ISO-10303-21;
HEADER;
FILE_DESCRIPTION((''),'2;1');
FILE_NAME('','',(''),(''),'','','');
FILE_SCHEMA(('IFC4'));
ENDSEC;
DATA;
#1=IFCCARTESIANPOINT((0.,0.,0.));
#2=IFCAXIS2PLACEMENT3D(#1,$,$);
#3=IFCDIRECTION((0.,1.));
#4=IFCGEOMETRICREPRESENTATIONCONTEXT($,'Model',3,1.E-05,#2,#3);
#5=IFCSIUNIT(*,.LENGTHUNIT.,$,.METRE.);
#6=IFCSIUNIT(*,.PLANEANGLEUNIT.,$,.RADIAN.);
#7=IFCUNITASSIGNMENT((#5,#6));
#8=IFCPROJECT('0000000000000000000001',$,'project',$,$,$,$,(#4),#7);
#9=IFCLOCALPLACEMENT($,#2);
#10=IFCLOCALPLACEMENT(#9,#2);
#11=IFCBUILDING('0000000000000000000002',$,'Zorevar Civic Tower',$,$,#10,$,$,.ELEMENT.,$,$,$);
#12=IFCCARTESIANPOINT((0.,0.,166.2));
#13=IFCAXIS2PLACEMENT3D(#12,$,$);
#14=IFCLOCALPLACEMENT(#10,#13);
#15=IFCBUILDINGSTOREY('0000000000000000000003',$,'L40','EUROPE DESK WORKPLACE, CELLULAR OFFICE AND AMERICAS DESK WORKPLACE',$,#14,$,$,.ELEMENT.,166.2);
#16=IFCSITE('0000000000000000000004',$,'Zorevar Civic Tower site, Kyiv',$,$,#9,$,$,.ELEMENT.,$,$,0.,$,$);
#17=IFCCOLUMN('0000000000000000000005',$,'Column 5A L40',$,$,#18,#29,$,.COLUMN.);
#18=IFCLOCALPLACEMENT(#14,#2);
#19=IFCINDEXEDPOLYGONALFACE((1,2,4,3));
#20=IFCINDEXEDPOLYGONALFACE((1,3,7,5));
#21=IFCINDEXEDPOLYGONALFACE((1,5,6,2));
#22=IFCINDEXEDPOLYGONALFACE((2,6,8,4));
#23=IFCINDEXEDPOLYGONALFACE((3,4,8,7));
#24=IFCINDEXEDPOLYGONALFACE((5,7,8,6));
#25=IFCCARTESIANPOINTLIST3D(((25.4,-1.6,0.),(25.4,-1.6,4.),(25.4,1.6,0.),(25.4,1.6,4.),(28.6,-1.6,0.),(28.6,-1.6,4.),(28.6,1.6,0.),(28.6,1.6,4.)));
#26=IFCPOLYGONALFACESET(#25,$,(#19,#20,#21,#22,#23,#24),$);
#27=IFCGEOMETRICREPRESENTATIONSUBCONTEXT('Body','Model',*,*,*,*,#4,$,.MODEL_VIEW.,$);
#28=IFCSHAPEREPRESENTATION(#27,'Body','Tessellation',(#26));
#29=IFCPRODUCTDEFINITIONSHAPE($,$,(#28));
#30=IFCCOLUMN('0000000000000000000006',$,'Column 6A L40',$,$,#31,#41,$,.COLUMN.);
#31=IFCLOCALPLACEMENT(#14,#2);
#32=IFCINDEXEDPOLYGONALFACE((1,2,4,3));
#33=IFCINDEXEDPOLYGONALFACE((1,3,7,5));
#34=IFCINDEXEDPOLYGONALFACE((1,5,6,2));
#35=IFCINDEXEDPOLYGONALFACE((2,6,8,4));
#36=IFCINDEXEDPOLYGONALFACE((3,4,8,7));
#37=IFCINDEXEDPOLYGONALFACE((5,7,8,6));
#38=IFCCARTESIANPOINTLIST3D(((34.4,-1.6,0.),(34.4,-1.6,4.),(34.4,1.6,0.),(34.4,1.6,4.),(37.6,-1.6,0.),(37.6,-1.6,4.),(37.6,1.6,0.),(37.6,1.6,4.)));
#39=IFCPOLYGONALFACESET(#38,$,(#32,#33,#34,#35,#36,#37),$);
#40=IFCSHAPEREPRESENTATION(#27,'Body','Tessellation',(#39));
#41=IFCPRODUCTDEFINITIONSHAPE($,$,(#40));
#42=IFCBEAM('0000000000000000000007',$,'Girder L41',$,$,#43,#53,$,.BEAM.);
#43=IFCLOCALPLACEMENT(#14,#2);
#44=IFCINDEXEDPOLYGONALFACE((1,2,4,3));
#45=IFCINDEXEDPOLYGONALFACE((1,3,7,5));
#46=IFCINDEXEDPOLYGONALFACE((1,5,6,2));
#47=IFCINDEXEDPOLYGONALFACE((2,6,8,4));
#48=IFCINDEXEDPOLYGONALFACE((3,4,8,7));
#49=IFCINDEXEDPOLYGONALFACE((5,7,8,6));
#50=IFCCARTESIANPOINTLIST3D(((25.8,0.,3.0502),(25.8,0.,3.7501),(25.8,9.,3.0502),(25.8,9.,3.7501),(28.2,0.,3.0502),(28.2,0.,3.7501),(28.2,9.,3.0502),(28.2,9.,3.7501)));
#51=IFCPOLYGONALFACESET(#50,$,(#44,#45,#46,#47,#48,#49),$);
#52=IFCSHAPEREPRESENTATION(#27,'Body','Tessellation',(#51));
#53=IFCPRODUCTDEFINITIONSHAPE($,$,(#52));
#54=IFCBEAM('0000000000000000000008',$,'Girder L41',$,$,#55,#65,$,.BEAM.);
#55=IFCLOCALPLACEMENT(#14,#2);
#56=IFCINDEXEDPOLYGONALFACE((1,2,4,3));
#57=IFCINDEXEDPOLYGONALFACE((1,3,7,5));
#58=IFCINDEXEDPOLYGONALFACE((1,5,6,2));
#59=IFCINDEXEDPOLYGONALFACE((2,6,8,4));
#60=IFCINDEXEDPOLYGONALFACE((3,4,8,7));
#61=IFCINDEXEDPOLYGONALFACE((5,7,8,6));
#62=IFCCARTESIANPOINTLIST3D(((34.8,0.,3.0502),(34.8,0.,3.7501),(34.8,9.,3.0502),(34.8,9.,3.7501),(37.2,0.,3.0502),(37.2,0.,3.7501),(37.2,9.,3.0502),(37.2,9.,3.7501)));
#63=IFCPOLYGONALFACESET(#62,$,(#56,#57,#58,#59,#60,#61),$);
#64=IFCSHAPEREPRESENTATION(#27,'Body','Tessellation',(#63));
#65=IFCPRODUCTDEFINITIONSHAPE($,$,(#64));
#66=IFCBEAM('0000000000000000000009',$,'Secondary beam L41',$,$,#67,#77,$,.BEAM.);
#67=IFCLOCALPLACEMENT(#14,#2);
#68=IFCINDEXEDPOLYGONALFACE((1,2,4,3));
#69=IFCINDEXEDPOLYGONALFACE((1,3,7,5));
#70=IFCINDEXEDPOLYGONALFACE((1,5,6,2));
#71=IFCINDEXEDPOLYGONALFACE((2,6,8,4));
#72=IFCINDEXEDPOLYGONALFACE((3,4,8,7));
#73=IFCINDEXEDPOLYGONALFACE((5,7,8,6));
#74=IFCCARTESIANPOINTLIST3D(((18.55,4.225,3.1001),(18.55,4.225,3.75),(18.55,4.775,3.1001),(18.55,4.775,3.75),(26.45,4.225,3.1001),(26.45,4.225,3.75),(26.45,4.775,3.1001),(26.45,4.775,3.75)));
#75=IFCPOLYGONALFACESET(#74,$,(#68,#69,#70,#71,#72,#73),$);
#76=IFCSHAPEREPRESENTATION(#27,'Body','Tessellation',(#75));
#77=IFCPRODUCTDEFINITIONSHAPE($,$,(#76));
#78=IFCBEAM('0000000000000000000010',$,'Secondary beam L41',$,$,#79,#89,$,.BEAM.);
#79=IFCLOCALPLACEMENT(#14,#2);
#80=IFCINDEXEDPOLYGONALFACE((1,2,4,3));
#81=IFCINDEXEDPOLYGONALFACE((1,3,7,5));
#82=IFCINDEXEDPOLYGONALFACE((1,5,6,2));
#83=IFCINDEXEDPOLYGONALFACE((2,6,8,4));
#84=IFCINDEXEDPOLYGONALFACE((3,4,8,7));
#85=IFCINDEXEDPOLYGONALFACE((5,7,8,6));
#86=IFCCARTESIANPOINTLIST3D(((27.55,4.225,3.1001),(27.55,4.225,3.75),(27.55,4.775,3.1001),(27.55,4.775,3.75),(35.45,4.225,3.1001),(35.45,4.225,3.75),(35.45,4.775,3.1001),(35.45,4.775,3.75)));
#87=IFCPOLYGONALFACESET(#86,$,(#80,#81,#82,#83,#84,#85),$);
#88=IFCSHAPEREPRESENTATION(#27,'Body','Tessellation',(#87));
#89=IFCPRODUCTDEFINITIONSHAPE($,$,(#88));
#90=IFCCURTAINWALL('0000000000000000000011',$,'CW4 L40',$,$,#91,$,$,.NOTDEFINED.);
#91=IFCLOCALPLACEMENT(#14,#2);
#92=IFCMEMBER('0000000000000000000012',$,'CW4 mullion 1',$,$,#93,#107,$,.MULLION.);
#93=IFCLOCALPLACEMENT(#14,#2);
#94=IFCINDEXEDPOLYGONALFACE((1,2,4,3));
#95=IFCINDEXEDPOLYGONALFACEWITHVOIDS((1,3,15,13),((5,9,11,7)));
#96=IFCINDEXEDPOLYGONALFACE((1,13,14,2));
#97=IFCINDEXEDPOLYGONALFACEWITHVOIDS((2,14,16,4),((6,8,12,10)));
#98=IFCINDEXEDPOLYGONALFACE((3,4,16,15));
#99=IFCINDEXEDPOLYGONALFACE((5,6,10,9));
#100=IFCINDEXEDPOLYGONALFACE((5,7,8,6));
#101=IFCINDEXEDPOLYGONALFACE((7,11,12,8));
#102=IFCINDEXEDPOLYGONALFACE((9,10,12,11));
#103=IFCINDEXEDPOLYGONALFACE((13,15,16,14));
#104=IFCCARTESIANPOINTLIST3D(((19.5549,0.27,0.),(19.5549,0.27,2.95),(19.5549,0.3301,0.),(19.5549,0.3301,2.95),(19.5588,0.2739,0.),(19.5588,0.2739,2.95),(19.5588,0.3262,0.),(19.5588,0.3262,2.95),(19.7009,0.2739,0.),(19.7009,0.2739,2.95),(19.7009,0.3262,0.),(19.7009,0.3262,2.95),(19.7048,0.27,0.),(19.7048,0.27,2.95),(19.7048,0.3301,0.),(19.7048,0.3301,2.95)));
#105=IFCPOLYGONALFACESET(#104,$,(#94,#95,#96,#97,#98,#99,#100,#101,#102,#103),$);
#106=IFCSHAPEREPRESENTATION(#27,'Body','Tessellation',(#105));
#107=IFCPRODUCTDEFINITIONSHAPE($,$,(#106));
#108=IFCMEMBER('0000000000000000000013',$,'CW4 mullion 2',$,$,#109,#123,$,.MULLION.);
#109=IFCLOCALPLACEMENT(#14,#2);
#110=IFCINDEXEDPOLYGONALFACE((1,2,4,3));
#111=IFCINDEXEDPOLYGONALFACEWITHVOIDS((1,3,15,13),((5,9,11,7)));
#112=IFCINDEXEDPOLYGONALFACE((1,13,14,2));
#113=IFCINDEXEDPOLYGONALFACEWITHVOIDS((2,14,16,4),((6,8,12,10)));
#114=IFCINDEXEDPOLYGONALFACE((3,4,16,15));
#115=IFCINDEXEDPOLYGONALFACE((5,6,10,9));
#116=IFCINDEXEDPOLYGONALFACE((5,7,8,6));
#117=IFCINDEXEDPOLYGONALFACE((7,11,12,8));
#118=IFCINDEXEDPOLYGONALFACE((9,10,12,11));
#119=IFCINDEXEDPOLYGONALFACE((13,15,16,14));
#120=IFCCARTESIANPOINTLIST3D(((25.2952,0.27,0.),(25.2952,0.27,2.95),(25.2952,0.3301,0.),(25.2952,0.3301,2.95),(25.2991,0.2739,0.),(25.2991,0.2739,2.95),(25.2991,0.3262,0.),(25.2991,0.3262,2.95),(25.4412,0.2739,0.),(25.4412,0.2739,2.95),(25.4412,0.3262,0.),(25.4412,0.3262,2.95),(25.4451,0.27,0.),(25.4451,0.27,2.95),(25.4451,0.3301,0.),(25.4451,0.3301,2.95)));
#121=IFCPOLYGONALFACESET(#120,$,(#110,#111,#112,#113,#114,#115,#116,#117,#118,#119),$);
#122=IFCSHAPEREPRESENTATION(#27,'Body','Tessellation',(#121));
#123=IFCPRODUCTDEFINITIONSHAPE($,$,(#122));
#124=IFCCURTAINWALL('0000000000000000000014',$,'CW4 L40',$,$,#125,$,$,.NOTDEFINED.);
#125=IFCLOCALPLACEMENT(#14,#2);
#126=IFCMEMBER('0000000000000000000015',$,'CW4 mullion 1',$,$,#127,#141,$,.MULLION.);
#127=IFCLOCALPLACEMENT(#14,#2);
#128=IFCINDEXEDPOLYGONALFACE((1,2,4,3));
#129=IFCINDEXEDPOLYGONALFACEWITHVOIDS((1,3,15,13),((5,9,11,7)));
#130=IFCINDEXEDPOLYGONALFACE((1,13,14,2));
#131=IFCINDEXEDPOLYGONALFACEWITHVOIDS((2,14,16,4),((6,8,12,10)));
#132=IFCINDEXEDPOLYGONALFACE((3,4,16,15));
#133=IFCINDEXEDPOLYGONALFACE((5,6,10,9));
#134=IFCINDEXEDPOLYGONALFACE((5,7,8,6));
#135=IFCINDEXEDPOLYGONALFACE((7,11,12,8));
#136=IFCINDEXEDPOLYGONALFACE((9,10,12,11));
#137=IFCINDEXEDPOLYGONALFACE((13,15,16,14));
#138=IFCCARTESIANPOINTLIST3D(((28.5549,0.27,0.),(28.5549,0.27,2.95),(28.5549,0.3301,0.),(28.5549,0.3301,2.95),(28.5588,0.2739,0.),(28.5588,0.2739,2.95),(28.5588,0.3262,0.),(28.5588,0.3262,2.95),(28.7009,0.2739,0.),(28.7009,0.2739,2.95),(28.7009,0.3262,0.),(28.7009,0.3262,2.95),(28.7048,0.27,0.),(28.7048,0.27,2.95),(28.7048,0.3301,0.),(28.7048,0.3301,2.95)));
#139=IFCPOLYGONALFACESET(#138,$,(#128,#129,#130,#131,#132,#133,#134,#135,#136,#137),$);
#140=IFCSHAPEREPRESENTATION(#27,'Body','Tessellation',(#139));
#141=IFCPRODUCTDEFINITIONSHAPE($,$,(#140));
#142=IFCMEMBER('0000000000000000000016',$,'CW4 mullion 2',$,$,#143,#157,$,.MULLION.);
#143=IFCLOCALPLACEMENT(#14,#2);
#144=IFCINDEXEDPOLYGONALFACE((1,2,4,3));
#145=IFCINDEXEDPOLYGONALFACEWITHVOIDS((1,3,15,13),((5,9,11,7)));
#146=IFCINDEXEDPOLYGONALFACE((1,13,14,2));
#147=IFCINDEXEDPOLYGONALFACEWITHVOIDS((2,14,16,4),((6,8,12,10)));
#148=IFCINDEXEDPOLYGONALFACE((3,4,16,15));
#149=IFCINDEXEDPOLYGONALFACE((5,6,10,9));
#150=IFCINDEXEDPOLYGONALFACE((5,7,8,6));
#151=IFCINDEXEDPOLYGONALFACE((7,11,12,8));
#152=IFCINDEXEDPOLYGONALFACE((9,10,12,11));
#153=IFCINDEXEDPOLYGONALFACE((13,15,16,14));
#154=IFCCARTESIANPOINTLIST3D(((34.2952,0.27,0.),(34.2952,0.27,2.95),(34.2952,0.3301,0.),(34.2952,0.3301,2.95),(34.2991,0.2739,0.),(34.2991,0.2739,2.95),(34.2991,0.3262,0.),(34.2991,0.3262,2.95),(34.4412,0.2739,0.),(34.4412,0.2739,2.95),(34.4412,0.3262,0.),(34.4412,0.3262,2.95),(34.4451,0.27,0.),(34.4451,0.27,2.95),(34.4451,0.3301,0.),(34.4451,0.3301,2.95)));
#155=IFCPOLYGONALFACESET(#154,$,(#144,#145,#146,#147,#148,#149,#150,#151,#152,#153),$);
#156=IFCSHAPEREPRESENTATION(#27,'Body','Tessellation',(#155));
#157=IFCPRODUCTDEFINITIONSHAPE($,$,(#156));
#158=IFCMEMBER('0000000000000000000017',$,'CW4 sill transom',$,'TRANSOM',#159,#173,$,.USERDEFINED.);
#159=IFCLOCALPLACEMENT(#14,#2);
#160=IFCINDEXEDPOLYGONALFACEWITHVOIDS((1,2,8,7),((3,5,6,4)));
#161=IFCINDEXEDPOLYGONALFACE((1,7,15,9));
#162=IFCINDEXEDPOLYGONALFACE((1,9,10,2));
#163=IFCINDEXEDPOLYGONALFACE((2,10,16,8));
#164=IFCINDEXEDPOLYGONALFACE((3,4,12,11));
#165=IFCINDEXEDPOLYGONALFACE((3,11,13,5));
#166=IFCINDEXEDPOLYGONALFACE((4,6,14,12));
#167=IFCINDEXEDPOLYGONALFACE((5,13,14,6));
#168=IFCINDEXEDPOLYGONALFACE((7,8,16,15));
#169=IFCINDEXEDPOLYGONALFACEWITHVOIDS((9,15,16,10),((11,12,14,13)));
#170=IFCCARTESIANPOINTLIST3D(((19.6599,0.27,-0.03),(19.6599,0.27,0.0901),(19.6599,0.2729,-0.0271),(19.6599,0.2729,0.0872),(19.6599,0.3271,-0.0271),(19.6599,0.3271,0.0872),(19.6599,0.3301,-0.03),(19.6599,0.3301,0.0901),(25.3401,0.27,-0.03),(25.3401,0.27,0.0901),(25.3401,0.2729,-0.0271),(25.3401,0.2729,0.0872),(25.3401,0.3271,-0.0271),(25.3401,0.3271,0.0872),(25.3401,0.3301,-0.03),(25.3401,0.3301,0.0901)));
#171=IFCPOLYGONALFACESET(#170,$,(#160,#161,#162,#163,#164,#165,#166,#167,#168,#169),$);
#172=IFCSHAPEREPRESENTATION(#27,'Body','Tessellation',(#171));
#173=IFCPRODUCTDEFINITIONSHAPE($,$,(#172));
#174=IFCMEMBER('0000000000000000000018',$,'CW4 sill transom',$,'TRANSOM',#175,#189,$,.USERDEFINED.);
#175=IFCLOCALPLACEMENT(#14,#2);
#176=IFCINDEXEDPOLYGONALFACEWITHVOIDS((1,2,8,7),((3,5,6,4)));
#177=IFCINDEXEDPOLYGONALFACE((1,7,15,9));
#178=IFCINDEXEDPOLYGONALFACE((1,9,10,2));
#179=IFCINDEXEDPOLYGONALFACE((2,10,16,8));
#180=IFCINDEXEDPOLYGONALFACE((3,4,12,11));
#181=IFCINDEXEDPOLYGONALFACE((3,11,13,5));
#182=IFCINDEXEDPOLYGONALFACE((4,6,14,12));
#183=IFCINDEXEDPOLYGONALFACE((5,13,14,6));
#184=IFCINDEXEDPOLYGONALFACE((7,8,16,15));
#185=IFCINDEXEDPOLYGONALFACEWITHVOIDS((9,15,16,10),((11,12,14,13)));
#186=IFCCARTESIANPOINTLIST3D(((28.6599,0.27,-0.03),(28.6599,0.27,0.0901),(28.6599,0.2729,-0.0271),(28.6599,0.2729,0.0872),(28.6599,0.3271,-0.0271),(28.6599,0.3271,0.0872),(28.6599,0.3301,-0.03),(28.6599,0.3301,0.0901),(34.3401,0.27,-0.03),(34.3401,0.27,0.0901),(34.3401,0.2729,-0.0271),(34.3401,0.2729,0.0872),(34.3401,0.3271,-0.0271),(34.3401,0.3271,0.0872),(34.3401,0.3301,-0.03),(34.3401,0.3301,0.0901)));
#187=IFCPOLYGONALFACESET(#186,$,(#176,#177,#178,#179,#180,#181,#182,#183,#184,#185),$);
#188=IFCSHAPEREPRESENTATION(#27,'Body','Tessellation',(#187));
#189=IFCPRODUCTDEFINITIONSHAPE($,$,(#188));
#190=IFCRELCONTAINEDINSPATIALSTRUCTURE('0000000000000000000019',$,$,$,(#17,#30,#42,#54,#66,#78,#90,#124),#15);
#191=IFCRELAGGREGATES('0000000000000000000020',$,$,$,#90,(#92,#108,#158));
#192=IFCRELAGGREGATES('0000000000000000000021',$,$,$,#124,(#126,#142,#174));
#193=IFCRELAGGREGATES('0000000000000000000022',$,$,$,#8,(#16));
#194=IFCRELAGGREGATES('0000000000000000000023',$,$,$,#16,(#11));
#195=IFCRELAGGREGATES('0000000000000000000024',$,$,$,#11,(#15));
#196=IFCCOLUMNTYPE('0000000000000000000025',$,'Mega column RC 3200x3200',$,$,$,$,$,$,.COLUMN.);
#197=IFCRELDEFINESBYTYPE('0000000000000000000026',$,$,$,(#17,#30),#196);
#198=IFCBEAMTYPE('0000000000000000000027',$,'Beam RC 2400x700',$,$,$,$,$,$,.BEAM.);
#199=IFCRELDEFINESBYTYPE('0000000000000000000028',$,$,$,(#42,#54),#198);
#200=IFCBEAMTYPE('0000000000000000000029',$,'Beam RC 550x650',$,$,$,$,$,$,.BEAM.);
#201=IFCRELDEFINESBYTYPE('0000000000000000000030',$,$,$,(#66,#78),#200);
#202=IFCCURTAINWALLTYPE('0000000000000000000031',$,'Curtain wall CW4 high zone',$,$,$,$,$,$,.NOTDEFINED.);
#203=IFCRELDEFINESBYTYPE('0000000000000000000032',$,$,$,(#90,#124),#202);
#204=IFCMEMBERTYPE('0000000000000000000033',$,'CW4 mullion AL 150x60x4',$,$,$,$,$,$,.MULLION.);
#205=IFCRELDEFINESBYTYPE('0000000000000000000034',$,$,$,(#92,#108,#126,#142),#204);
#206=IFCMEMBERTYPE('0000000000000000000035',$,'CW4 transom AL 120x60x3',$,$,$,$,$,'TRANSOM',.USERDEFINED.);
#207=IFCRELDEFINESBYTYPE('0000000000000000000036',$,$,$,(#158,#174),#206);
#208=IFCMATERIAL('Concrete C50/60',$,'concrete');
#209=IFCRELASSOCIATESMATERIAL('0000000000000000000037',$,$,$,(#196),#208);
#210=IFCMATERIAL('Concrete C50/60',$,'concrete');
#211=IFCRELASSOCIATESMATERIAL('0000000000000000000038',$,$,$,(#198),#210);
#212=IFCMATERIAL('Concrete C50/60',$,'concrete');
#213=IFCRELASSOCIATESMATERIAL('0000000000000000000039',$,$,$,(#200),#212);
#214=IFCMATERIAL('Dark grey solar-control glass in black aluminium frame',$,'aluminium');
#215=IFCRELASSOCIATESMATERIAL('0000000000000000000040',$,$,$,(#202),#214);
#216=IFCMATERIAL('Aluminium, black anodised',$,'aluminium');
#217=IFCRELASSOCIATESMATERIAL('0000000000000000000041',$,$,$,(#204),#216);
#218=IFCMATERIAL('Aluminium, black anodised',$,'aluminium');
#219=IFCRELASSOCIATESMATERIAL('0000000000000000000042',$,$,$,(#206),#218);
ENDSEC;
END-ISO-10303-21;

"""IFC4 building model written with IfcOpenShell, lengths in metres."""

from ifc_helpers import new_model, si_unit, direction, frame, origin, origin_2d, place, context, subcontext, project, spatial, rectangle, hollow_rectangle, extrude, material, material_profile, profile_set, type_object, element, aggregate, save


model = new_model("IFC4")

# Units and contexts
model_context = context("Model", 3, precision=1e-05, world=origin(), true_north=direction((0.0, 1.0)))
body_context = subcontext(model_context, "Body", "Model", "MODEL_VIEW")
ifc_project = project(units=[si_unit("LENGTHUNIT", "METRE"), si_unit("PLANEANGLEUNIT", "RADIAN")], contexts=[model_context])

# Site, building, storey
site_placement = place(None, origin())
site = spatial("IfcSite", under=ifc_project, at=site_placement, Name="Zorevar Civic Tower site, Kyiv", CompositionType="ELEMENT", RefElevation=0.0)
building_placement = place(site_placement, origin())
building = spatial("IfcBuilding", under=site, at=building_placement, Name="Zorevar Civic Tower", CompositionType="ELEMENT")
storey_placement = place(building_placement, frame((0.0, 0.0, 166.2)))
storey = spatial("IfcBuildingStorey", under=building, at=storey_placement, Name="L40", Description="EUROPE DESK WORKPLACE, CELLULAR OFFICE AND AMERICAS DESK WORKPLACE", CompositionType="ELEMENT", Elevation=166.2)

# Columns
ifc_material_1 = material(Name="Concrete C50/60", Category="concrete")
ifc_material_profile_1 = material_profile(ifc_material_1, rectangle(XDim=3.2, YDim=3.2, at=origin_2d()), Name="RC 3200x3200")
ifc_profile_set_1 = profile_set([ifc_material_profile_1], Name="Concrete C50/60")
column_type = type_object("IfcColumnType", Name="Mega column RC 3200x3200", PredefinedType="COLUMN", material=ifc_profile_set_1)
for number, where, z_axis, x_axis, name in (
    (1, (27.0, 0.0, 0.0), (0.0, 0.0, 1.0), (1.0, 0.0, 0.0), "Column 5A L40"),
    (2, (36.0, 0.0, 0.0), (0.0, 0.0, 1.0), (1.0, 0.0, 0.0), "Column 6A L40"),
):
    element("IfcColumn", number, at=place(storey_placement, frame(where, z_axis=z_axis, x_axis=x_axis)), inside=storey, type_object=column_type, Name=name, PredefinedType="COLUMN", context=body_context, shape_type="SweptSolid", body=[
        extrude(rectangle(XDim=3.2, YDim=3.2, at=origin_2d()), origin(), (0.0, 0.0, 1.0), 4.0),
    ])

# Beams
ifc_material_2 = material(Name="Concrete C50/60", Category="concrete")
ifc_material_profile_2 = material_profile(ifc_material_2, rectangle(XDim=2.3999, YDim=0.7, at=origin_2d()), Name="RC 2400x700")
ifc_profile_set_2 = profile_set([ifc_material_profile_2], Name="Concrete C50/60")
beam_type_1 = type_object("IfcBeamType", Name="Beam RC 2400x700", PredefinedType="BEAM", material=ifc_profile_set_2)
for number, where, z_axis, x_axis, name in (
    (3, (27.0, 0.0, 3.4001), (0.0, 1.0, 0.0), (-1.0, 0.0, 0.0), "Girder L41"),
    (4, (36.0, 0.0, 3.4001), (0.0, 1.0, 0.0), (-1.0, 0.0, 0.0), "Girder L41"),
):
    element("IfcBeam", number, at=place(storey_placement, frame(where, z_axis=z_axis, x_axis=x_axis)), inside=storey, type_object=beam_type_1, Name=name, PredefinedType="BEAM", context=body_context, shape_type="SweptSolid", body=[
        extrude(rectangle(XDim=2.3999, YDim=0.7, at=origin_2d()), origin(), (0.0, 0.0, 1.0), 9.0),
    ])
ifc_material_3 = material(Name="Concrete C50/60", Category="concrete")
ifc_material_profile_3 = material_profile(ifc_material_3, rectangle(XDim=0.55, YDim=0.6499, at=origin_2d()), Name="RC 550x650")
ifc_profile_set_3 = profile_set([ifc_material_profile_3], Name="Concrete C50/60")
beam_type_2 = type_object("IfcBeamType", Name="Beam RC 550x650", PredefinedType="BEAM", material=ifc_profile_set_3)
for number, where, z_axis, x_axis, name in (
    (5, (18.55, 4.5, 3.425), (1.0, 0.0, 0.0), (0.0, 1.0, 0.0), "Secondary beam L41"),
    (6, (27.55, 4.5, 3.425), (1.0, 0.0, 0.0), (0.0, 1.0, 0.0), "Secondary beam L41"),
):
    element("IfcBeam", number, at=place(storey_placement, frame(where, z_axis=z_axis, x_axis=x_axis)), inside=storey, type_object=beam_type_2, Name=name, PredefinedType="BEAM", context=body_context, shape_type="SweptSolid", body=[
        extrude(rectangle(XDim=0.55, YDim=0.6499, at=origin_2d()), origin(), (0.0, 0.0, 1.0), 7.8999),
    ])

# Curtain walls, members
ifc_material_4 = material(Name="Dark grey solar-control glass in black aluminium frame", Category="aluminium")
curtain_wall_type = type_object("IfcCurtainWallType", Name="Curtain wall CW4 high zone", PredefinedType="NOTDEFINED", material=ifc_material_4)
curtain_wall_1_placement = place(storey_placement, origin())
curtain_wall_1 = element("IfcCurtainWall", 7, at=curtain_wall_1_placement, inside=storey, type_object=curtain_wall_type, Name="CW4 L40", PredefinedType="NOTDEFINED")
ifc_material_5 = material(Name="Aluminium, black anodised", Category="aluminium")
ifc_material_profile_4 = material_profile(ifc_material_5, hollow_rectangle(XDim=0.0601, YDim=0.1499, WallThickness=0.0039, at=origin_2d()), Name="AL 150x60x4")
ifc_profile_set_4 = profile_set([ifc_material_profile_4], Name="Aluminium, black anodised")
member_type_1 = type_object("IfcMemberType", Name="CW4 mullion AL 150x60x4", PredefinedType="MULLION", material=ifc_profile_set_4)
member_1_placement = place(storey_placement, frame((19.6299, 0.3, 0.0), z_axis=(0.0, 0.0, 1.0), x_axis=(0.0, 1.0, 0.0)))
member_1 = element("IfcMember", 8, at=member_1_placement, type_object=member_type_1, Name="CW4 mullion 1", PredefinedType="MULLION", context=body_context, shape_type="SweptSolid", body=[
    extrude(hollow_rectangle(XDim=0.0601, YDim=0.1499, WallThickness=0.0039, at=origin_2d()), origin(), (0.0, 0.0, 1.0), 2.95),
])
member_2_placement = place(storey_placement, frame((25.3701, 0.3, 0.0), z_axis=(0.0, 0.0, 1.0), x_axis=(0.0, 1.0, 0.0)))
member_2 = element("IfcMember", 9, at=member_2_placement, type_object=member_type_1, Name="CW4 mullion 2", PredefinedType="MULLION", context=body_context, shape_type="SweptSolid", body=[
    extrude(hollow_rectangle(XDim=0.0601, YDim=0.1499, WallThickness=0.0039, at=origin_2d()), origin(), (0.0, 0.0, 1.0), 2.95),
])
curtain_wall_2_placement = place(storey_placement, origin())
curtain_wall_2 = element("IfcCurtainWall", 10, at=curtain_wall_2_placement, inside=storey, type_object=curtain_wall_type, Name="CW4 L40", PredefinedType="NOTDEFINED")
member_3_placement = place(storey_placement, frame((28.6299, 0.3, 0.0), z_axis=(0.0, 0.0, 1.0), x_axis=(0.0, 1.0, 0.0)))
member_3 = element("IfcMember", 11, at=member_3_placement, type_object=member_type_1, Name="CW4 mullion 1", PredefinedType="MULLION", context=body_context, shape_type="SweptSolid", body=[
    extrude(hollow_rectangle(XDim=0.0601, YDim=0.1499, WallThickness=0.0039, at=origin_2d()), origin(), (0.0, 0.0, 1.0), 2.95),
])
member_4_placement = place(storey_placement, frame((34.3701, 0.3, 0.0), z_axis=(0.0, 0.0, 1.0), x_axis=(0.0, 1.0, 0.0)))
member_4 = element("IfcMember", 12, at=member_4_placement, type_object=member_type_1, Name="CW4 mullion 2", PredefinedType="MULLION", context=body_context, shape_type="SweptSolid", body=[
    extrude(hollow_rectangle(XDim=0.0601, YDim=0.1499, WallThickness=0.0039, at=origin_2d()), origin(), (0.0, 0.0, 1.0), 2.95),
])

# Members
ifc_material_6 = material(Name="Aluminium, black anodised", Category="aluminium")
ifc_material_profile_5 = material_profile(ifc_material_6, hollow_rectangle(XDim=0.0601, YDim=0.1201, WallThickness=0.0029, at=origin_2d()), Name="AL 120x60x3")
ifc_profile_set_5 = profile_set([ifc_material_profile_5], Name="Aluminium, black anodised")
member_type_2 = type_object("IfcMemberType", Name="CW4 transom AL 120x60x3", ElementType="TRANSOM", PredefinedType="USERDEFINED", material=ifc_profile_set_5)
member_5_placement = place(storey_placement, frame((19.6599, 0.3, 0.03), z_axis=(1.0, 0.0, 0.0), x_axis=(0.0, 1.0, 0.0)))
member_5 = element("IfcMember", 13, at=member_5_placement, type_object=member_type_2, Name="CW4 sill transom", ObjectType="TRANSOM", PredefinedType="USERDEFINED", context=body_context, shape_type="SweptSolid", body=[
    extrude(hollow_rectangle(XDim=0.0601, YDim=0.1201, WallThickness=0.0029, at=origin_2d()), origin(), (0.0, 0.0, 1.0), 5.6802),
])
member_6_placement = place(storey_placement, frame((28.6599, 0.3, 0.03), z_axis=(1.0, 0.0, 0.0), x_axis=(0.0, 1.0, 0.0)))
member_6 = element("IfcMember", 14, at=member_6_placement, type_object=member_type_2, Name="CW4 sill transom", ObjectType="TRANSOM", PredefinedType="USERDEFINED", context=body_context, shape_type="SweptSolid", body=[
    extrude(hollow_rectangle(XDim=0.0601, YDim=0.1201, WallThickness=0.0029, at=origin_2d()), origin(), (0.0, 0.0, 1.0), 5.6802),
])

aggregate(curtain_wall_1, [member_1, member_2, member_5])
aggregate(curtain_wall_2, [member_3, member_4, member_6])

save(model, "model.ifc")
